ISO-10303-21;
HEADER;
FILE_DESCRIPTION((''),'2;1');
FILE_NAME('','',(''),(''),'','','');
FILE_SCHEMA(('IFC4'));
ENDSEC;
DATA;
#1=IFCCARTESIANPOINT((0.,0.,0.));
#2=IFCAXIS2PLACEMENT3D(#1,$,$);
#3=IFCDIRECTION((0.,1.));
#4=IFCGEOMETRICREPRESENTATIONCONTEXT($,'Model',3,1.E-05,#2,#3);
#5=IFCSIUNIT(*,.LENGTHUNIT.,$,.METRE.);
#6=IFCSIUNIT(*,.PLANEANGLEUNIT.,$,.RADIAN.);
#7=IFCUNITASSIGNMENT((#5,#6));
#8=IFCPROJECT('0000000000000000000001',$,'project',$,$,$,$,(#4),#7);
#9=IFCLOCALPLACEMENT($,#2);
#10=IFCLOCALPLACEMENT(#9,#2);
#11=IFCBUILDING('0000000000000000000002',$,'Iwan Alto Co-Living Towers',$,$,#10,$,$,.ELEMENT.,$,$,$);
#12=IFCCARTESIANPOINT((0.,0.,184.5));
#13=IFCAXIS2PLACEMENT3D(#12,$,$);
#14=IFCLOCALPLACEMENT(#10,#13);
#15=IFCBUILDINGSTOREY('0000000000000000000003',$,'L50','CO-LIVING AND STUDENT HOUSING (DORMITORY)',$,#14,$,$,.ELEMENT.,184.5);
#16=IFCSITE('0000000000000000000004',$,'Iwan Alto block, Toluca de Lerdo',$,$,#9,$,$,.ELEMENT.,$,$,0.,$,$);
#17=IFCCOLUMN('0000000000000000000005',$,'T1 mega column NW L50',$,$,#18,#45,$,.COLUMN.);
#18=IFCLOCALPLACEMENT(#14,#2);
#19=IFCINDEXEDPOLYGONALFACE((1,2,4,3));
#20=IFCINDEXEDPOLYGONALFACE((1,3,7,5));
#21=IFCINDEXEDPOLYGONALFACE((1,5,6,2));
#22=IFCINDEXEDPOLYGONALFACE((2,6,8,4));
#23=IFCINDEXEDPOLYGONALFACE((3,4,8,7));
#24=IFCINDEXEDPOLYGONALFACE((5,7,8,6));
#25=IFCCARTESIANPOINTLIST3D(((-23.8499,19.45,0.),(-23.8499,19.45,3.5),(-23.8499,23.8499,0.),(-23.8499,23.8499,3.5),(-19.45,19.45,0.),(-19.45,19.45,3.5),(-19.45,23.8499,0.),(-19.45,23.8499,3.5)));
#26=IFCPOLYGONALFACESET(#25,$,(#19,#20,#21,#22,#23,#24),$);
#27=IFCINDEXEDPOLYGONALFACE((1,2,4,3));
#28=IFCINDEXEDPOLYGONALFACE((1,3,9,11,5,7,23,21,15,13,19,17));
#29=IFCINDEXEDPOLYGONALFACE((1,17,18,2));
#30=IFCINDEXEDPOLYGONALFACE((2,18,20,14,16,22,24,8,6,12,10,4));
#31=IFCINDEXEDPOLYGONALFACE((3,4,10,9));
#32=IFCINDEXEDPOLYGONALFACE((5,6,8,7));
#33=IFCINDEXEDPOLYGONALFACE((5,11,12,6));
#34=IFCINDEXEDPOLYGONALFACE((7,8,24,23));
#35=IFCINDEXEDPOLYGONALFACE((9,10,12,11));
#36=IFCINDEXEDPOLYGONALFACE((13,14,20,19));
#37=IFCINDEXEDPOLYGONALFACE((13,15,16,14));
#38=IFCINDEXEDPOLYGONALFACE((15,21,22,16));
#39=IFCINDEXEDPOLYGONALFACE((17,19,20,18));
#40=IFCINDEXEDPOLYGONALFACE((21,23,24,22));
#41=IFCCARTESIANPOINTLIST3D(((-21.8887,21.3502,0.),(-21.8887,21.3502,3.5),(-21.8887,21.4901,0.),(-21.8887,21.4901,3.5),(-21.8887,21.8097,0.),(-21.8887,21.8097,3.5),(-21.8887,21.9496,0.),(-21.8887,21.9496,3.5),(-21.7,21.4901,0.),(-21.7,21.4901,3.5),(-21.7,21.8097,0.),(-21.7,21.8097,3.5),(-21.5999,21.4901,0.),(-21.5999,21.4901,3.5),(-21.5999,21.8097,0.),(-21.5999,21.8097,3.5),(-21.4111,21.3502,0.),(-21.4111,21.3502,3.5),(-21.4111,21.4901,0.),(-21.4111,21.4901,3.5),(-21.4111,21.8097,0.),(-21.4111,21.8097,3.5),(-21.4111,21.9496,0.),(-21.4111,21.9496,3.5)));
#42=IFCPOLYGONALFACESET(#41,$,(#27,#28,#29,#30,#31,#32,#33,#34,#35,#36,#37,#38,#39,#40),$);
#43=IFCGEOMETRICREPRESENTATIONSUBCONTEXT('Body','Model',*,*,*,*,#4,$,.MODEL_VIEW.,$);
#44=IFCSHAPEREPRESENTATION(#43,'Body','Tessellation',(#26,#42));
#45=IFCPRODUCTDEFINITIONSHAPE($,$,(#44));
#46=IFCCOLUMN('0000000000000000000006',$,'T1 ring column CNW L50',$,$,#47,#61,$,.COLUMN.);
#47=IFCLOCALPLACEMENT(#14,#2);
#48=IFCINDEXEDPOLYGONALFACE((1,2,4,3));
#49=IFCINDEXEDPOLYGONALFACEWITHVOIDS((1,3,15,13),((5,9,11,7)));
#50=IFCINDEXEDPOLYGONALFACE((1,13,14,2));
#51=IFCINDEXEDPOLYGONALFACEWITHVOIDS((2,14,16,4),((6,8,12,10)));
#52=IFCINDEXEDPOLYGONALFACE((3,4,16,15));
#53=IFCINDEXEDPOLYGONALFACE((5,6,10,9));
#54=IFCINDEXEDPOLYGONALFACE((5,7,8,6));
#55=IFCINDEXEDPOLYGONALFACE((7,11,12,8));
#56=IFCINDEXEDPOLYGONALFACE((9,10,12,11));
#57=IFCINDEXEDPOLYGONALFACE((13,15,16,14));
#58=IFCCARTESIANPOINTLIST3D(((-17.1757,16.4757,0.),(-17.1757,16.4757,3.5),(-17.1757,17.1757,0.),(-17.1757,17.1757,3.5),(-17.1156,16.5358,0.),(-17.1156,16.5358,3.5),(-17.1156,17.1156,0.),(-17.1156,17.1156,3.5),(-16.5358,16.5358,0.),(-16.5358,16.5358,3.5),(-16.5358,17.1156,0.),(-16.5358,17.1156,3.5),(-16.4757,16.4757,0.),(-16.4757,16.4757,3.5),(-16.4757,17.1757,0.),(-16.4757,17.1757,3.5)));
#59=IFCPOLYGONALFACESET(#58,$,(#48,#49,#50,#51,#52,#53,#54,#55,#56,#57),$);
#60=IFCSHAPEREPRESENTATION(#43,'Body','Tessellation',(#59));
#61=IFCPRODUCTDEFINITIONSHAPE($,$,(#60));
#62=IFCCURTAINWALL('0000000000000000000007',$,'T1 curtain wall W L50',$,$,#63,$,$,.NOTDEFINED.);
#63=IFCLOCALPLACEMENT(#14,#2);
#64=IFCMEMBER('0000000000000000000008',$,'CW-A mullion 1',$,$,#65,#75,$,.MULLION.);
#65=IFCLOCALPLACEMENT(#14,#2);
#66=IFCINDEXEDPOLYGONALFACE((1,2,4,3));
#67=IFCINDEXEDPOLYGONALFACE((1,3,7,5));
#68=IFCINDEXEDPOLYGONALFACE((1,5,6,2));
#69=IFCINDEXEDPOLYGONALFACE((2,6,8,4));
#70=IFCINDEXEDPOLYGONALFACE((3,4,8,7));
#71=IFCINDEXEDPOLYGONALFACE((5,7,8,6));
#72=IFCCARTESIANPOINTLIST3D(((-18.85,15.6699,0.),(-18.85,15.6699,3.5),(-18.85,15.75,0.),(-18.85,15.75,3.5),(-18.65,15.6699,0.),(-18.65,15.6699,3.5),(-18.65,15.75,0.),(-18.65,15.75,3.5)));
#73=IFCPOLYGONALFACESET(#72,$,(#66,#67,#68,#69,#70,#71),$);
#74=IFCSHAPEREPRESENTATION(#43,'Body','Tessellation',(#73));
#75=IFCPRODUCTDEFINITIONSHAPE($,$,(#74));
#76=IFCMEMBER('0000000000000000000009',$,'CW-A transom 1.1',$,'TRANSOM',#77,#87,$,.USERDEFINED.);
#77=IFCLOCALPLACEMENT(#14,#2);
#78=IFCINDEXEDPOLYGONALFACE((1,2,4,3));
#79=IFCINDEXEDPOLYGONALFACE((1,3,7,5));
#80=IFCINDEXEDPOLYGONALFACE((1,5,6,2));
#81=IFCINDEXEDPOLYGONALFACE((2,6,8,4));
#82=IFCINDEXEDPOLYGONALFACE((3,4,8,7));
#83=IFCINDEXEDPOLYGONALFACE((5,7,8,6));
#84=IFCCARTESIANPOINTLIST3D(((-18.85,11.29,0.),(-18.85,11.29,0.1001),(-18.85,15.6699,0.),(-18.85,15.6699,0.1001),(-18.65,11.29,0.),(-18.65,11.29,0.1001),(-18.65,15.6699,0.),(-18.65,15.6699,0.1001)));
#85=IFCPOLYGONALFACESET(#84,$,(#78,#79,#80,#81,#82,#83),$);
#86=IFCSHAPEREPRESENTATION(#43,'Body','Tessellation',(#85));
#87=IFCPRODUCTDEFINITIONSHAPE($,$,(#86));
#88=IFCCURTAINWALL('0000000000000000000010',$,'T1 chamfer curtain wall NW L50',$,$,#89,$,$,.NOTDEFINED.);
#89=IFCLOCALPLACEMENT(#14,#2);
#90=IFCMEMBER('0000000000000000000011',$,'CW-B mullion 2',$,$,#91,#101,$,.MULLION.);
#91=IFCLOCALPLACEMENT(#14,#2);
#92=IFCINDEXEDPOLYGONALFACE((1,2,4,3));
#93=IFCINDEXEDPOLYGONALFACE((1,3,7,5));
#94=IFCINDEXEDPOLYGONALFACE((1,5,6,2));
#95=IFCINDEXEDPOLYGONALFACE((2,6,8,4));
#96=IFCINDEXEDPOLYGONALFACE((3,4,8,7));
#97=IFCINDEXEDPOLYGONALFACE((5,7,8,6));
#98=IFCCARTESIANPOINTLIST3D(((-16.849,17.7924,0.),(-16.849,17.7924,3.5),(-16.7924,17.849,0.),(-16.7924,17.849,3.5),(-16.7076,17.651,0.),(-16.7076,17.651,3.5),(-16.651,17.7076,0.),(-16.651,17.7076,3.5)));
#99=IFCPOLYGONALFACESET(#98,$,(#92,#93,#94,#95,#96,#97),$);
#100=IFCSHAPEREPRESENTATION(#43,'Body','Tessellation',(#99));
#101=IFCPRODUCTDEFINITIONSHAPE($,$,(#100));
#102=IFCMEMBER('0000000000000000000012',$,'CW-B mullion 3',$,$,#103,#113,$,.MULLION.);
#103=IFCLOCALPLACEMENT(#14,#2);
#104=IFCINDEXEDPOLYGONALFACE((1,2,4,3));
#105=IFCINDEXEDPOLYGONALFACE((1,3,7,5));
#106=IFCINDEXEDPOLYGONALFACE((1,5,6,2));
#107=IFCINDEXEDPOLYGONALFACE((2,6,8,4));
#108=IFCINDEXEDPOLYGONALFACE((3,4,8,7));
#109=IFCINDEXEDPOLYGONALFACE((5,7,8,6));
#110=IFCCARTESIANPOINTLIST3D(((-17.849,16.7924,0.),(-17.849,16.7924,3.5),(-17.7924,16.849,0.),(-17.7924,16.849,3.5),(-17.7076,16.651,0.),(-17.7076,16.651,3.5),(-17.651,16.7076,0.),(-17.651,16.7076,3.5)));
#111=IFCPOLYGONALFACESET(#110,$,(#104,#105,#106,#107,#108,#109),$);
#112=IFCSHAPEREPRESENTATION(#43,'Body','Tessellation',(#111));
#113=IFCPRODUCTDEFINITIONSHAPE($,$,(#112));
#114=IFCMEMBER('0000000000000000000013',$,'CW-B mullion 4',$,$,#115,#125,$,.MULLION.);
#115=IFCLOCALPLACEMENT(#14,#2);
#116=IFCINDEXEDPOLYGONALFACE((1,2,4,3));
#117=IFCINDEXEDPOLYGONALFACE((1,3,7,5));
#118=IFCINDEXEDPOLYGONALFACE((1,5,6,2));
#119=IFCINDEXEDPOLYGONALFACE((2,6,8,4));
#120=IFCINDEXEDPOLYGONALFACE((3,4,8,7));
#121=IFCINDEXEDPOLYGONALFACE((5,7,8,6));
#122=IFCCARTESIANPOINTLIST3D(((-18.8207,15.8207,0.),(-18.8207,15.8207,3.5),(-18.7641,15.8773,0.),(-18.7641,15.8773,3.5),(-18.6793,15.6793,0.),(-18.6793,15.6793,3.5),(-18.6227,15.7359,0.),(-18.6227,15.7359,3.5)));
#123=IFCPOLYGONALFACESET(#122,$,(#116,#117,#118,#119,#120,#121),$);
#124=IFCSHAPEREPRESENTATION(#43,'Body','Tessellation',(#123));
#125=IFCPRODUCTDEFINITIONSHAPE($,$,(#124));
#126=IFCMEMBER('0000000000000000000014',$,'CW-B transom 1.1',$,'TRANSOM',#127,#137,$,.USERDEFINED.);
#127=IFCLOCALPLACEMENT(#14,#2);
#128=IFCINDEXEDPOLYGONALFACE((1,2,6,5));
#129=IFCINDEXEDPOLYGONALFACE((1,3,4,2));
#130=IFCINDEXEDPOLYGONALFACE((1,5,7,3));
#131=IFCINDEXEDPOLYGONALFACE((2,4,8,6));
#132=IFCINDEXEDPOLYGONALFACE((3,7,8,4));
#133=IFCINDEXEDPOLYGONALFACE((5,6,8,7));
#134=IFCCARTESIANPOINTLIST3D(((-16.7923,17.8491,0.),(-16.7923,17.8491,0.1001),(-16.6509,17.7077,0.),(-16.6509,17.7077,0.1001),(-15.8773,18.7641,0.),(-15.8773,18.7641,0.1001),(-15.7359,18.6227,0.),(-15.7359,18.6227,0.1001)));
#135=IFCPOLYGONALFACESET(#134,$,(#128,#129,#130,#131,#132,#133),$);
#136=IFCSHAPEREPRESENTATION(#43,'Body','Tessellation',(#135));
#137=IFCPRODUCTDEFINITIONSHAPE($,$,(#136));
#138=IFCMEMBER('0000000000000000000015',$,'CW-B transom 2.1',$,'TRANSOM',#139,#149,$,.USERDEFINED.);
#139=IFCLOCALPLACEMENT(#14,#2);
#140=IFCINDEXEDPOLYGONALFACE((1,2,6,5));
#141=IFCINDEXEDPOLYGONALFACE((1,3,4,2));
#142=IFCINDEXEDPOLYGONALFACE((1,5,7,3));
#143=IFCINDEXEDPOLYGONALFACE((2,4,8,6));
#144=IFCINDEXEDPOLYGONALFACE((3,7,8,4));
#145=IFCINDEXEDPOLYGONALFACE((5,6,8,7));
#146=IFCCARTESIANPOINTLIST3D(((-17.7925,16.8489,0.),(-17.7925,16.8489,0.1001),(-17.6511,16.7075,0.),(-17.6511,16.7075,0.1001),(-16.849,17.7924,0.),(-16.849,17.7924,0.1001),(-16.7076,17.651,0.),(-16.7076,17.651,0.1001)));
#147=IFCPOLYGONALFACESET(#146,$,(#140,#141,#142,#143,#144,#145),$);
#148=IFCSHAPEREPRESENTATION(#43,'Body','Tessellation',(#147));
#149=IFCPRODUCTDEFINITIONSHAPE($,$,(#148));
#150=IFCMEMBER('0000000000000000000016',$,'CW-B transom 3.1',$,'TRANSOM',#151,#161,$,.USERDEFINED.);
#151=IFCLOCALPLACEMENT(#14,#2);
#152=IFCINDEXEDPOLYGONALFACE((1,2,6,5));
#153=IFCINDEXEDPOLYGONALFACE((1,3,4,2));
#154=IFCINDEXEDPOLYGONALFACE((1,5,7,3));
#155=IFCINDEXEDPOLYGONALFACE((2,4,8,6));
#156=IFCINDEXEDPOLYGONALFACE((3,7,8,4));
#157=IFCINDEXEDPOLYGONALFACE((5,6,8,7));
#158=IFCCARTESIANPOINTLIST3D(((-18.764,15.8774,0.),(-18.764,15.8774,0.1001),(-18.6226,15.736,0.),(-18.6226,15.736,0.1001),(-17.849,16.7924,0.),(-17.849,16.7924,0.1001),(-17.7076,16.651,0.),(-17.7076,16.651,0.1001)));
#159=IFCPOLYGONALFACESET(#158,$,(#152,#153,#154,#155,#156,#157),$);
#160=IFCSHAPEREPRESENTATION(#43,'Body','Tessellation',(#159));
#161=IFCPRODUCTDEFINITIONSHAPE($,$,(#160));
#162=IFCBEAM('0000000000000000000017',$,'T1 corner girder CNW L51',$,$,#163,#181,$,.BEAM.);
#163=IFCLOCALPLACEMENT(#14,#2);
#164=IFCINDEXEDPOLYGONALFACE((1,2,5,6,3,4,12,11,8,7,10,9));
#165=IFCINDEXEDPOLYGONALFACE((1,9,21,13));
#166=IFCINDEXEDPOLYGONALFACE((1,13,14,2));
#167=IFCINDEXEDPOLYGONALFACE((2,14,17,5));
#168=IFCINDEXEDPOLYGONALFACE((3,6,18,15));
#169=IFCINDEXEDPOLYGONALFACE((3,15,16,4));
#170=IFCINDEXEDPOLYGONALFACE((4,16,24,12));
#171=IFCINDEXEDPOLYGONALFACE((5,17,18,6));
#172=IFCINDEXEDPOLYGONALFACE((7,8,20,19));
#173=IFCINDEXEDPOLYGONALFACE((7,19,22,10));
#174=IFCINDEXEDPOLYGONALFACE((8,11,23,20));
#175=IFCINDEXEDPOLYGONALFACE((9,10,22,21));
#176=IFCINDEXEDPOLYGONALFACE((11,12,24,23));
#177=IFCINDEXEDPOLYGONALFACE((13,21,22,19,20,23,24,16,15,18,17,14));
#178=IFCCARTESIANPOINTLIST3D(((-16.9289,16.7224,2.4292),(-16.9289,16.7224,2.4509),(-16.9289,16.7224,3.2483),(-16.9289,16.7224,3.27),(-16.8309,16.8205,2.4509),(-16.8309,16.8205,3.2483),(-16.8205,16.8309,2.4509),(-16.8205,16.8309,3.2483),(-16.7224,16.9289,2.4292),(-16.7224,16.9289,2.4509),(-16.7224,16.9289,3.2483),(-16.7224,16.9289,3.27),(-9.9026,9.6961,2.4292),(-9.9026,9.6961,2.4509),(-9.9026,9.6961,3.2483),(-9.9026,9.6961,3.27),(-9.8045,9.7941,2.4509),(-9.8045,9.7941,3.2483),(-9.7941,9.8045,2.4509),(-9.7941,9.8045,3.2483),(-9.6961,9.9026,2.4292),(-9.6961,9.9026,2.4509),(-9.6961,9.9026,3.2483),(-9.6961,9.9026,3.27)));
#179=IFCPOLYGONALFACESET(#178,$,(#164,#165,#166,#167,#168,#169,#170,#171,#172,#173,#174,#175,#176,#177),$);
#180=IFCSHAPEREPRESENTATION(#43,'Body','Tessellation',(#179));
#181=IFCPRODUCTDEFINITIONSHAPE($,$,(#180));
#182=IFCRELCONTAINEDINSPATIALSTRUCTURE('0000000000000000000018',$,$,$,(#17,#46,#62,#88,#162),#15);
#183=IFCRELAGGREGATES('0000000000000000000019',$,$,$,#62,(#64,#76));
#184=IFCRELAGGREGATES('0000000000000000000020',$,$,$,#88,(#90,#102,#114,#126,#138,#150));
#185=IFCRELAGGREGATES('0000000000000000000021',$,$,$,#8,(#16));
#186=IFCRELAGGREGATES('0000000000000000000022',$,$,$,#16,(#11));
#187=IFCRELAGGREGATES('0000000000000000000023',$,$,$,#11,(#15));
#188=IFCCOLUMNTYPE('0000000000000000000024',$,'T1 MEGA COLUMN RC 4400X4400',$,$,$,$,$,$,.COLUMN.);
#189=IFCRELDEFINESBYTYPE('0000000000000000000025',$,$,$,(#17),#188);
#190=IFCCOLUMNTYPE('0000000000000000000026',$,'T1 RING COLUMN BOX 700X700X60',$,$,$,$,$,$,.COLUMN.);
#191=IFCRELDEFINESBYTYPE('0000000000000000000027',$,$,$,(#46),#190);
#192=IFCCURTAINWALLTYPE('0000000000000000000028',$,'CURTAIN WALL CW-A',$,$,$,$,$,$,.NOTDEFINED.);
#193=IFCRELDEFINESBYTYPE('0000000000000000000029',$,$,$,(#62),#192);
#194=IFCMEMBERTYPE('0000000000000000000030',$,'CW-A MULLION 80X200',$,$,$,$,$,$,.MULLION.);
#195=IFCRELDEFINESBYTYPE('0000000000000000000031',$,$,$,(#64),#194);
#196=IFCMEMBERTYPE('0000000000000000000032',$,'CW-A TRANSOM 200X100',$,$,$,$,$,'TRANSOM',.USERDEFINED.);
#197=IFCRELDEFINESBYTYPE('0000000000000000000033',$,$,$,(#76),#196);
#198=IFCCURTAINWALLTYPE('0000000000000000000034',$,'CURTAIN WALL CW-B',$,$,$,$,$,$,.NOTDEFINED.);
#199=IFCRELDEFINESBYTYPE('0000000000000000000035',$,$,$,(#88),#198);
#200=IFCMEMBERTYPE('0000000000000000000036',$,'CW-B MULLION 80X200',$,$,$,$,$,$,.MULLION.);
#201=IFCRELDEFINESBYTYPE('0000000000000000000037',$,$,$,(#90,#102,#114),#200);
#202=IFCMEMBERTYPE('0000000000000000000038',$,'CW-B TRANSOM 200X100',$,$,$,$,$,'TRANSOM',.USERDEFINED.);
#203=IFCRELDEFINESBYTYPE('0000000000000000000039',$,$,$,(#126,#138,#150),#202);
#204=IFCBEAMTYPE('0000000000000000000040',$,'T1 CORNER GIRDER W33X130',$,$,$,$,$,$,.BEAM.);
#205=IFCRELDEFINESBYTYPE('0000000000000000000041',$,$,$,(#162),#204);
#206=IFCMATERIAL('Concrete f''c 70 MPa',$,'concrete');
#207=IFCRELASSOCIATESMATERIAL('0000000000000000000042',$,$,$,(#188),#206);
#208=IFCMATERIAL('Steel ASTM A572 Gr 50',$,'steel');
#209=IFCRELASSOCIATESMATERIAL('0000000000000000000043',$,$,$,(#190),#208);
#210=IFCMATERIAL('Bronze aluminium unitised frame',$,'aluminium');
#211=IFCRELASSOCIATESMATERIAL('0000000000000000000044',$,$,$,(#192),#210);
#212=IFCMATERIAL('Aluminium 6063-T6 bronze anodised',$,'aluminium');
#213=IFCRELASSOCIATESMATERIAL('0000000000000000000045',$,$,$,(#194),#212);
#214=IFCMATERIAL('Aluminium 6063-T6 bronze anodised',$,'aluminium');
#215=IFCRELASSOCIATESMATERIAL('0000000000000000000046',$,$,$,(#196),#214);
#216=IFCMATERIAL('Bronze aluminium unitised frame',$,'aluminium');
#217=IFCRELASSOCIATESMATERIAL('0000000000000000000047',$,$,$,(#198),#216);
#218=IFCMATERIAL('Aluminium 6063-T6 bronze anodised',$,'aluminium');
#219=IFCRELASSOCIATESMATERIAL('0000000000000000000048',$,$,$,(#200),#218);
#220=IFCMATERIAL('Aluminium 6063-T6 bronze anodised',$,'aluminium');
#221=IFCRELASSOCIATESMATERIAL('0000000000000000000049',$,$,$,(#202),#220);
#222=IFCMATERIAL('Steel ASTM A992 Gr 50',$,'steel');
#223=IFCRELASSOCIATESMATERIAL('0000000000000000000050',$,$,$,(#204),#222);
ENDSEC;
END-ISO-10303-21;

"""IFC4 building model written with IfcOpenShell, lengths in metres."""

from ifc_helpers import new_model, si_unit, direction, frame, origin, origin_2d, place, context, subcontext, project, spatial, rectangle, hollow_rectangle, i_section, extrude, material, material_profile, profile_set, type_object, element, aggregate, save


model = new_model("IFC4")

# Units and contexts
model_context = context("Model", 3, precision=1e-05, world=origin(), true_north=direction((0.0, 1.0)))
body_context = subcontext(model_context, "Body", "Model", "MODEL_VIEW")
ifc_project = project(units=[si_unit("LENGTHUNIT", "METRE"), si_unit("PLANEANGLEUNIT", "RADIAN")], contexts=[model_context])

# Site, building, storey
site_placement = place(None, origin())
site = spatial("IfcSite", under=ifc_project, at=site_placement, Name="Iwan Alto block, Toluca de Lerdo", CompositionType="ELEMENT", RefElevation=0.0)
building_placement = place(site_placement, origin())
building = spatial("IfcBuilding", under=site, at=building_placement, Name="Iwan Alto Co-Living Towers", CompositionType="ELEMENT")
storey_placement = place(building_placement, frame((0.0, 0.0, 184.5)))
storey = spatial("IfcBuildingStorey", under=building, at=storey_placement, Name="L50", Description="CO-LIVING AND STUDENT HOUSING (DORMITORY)", CompositionType="ELEMENT", Elevation=184.5)

# Columns
ifc_material_1 = material(Name="Concrete f'c 70 MPa", Category="concrete")
ifc_material_profile_1 = material_profile(ifc_material_1, rectangle(XDim=4.3999, YDim=4.3999, at=origin_2d()), Name="RC 4400X4400")
ifc_profile_set_1 = profile_set([ifc_material_profile_1], Name="Concrete f'c 70 MPa")
column_type_1 = type_object("IfcColumnType", Name="T1 MEGA COLUMN RC 4400X4400", PredefinedType="COLUMN", material=ifc_profile_set_1)
column_1_placement = place(storey_placement, frame((-21.6499, 21.6499, 0.0), z_axis=(0.0, 0.0, 1.0), x_axis=(1.0, 0.0, 0.0)))
element("IfcColumn", 1, at=column_1_placement, inside=storey, type_object=column_type_1, Name="T1 mega column NW L50", PredefinedType="COLUMN", context=body_context, shape_type="SweptSolid", body=[
    extrude(rectangle(XDim=4.3999, YDim=4.3999, at=origin_2d()), origin(), (0.0, 0.0, 1.0), 3.5),
    extrude(i_section(OverallWidth=0.4775, OverallDepth=0.5994, WebThickness=0.1001, FlangeThickness=0.1399, at=origin_2d()), origin(), (0.0, 0.0, 1.0), 3.5),
])
ifc_material_2 = material(Name="Steel ASTM A572 Gr 50", Category="steel")
ifc_material_profile_2 = material_profile(ifc_material_2, hollow_rectangle(XDim=0.7, YDim=0.7, WallThickness=0.0601, at=origin_2d()), Name="BOX 700X700X60")
ifc_profile_set_2 = profile_set([ifc_material_profile_2], Name="Steel ASTM A572 Gr 50")
column_type_2 = type_object("IfcColumnType", Name="T1 RING COLUMN BOX 700X700X60", PredefinedType="COLUMN", material=ifc_profile_set_2)
column_2_placement = place(storey_placement, frame((-16.8257, 16.8257, 0.0), z_axis=(0.0, 0.0, 1.0), x_axis=(1.0, 0.0, 0.0)))
element("IfcColumn", 2, at=column_2_placement, inside=storey, type_object=column_type_2, Name="T1 ring column CNW L50", PredefinedType="COLUMN", context=body_context, shape_type="SweptSolid", body=[
    extrude(hollow_rectangle(XDim=0.7, YDim=0.7, WallThickness=0.0601, at=origin_2d()), origin(), (0.0, 0.0, 1.0), 3.5),
])

# Curtain walls, members
ifc_material_3 = material(Name="Bronze aluminium unitised frame", Category="aluminium")
curtain_wall_type_1 = type_object("IfcCurtainWallType", Name="CURTAIN WALL CW-A", PredefinedType="NOTDEFINED", material=ifc_material_3)
curtain_wall_1_placement = place(storey_placement, origin())
curtain_wall_1 = element("IfcCurtainWall", 3, at=curtain_wall_1_placement, inside=storey, type_object=curtain_wall_type_1, Name="T1 curtain wall W L50", PredefinedType="NOTDEFINED")
ifc_material_4 = material(Name="Aluminium 6063-T6 bronze anodised", Category="aluminium")
ifc_material_profile_3 = material_profile(ifc_material_4, rectangle(XDim=0.2, YDim=0.0801, at=origin_2d()), Name="AL 80X200")
ifc_profile_set_3 = profile_set([ifc_material_profile_3], Name="Aluminium 6063-T6 bronze anodised")
member_type_1 = type_object("IfcMemberType", Name="CW-A MULLION 80X200", PredefinedType="MULLION", material=ifc_profile_set_3)
member_1_placement = place(storey_placement, frame((-18.75, 15.71, 0.0), z_axis=(0.0, 0.0, 1.0), x_axis=(1.0, 0.0, 0.0)))
member_1 = element("IfcMember", 4, at=member_1_placement, type_object=member_type_1, Name="CW-A mullion 1", PredefinedType="MULLION", context=body_context, shape_type="SweptSolid", body=[
    extrude(rectangle(XDim=0.2, YDim=0.0801, at=origin_2d()), origin(), (0.0, 0.0, 1.0), 3.5),
])
ifc_material_5 = material(Name="Aluminium 6063-T6 bronze anodised", Category="aluminium")
ifc_material_profile_4 = material_profile(ifc_material_5, rectangle(XDim=0.2, YDim=0.1001, at=origin_2d()), Name="AL 200X100")
ifc_profile_set_4 = profile_set([ifc_material_profile_4], Name="Aluminium 6063-T6 bronze anodised")
member_type_2 = type_object("IfcMemberType", Name="CW-A TRANSOM 200X100", ElementType="TRANSOM", PredefinedType="USERDEFINED", material=ifc_profile_set_4)
member_2_placement = place(storey_placement, frame((-18.75, 15.6699, 0.05), z_axis=(0.0, -1.0, 0.0), x_axis=(1.0, 0.0, 0.0)))
member_2 = element("IfcMember", 5, at=member_2_placement, type_object=member_type_2, Name="CW-A transom 1.1", ObjectType="TRANSOM", PredefinedType="USERDEFINED", context=body_context, shape_type="SweptSolid", body=[
    extrude(rectangle(XDim=0.2, YDim=0.1001, at=origin_2d()), origin(), (0.0, 0.0, 1.0), 4.3799),
])
ifc_material_6 = material(Name="Bronze aluminium unitised frame", Category="aluminium")
curtain_wall_type_2 = type_object("IfcCurtainWallType", Name="CURTAIN WALL CW-B", PredefinedType="NOTDEFINED", material=ifc_material_6)
curtain_wall_2_placement = place(storey_placement, origin())
curtain_wall_2 = element("IfcCurtainWall", 6, at=curtain_wall_2_placement, inside=storey, type_object=curtain_wall_type_2, Name="T1 chamfer curtain wall NW L50", PredefinedType="NOTDEFINED")
ifc_material_7 = material(Name="Aluminium 6063-T6 bronze anodised", Category="aluminium")
ifc_material_profile_5 = material_profile(ifc_material_7, rectangle(XDim=0.2, YDim=0.0801, at=origin_2d()), Name="AL 80X200")
ifc_profile_set_5 = profile_set([ifc_material_profile_5], Name="Aluminium 6063-T6 bronze anodised")
member_type_3 = type_object("IfcMemberType", Name="CW-B MULLION 80X200", PredefinedType="MULLION", material=ifc_profile_set_5)
member_3_placement = place(storey_placement, frame((-16.75, 17.75, 0.0), z_axis=(0.0, 0.0, 1.0), x_axis=(0.707107, -0.707107, 0.0)))
member_3 = element("IfcMember", 7, at=member_3_placement, type_object=member_type_3, Name="CW-B mullion 2", PredefinedType="MULLION", context=body_context, shape_type="SweptSolid", body=[
    extrude(rectangle(XDim=0.2, YDim=0.0801, at=origin_2d()), origin(), (0.0, 0.0, 1.0), 3.5),
])
member_4_placement = place(storey_placement, frame((-17.75, 16.75, 0.0), z_axis=(0.0, 0.0, 1.0), x_axis=(0.707107, -0.707107, 0.0)))
member_4 = element("IfcMember", 8, at=member_4_placement, type_object=member_type_3, Name="CW-B mullion 3", PredefinedType="MULLION", context=body_context, shape_type="SweptSolid", body=[
    extrude(rectangle(XDim=0.2, YDim=0.0801, at=origin_2d()), origin(), (0.0, 0.0, 1.0), 3.5),
])
member_5_placement = place(storey_placement, frame((-18.7217, 15.7783, 0.0), z_axis=(0.0, 0.0, 1.0), x_axis=(0.707107, -0.707107, 0.0)))
member_5 = element("IfcMember", 9, at=member_5_placement, type_object=member_type_3, Name="CW-B mullion 4", PredefinedType="MULLION", context=body_context, shape_type="SweptSolid", body=[
    extrude(rectangle(XDim=0.2, YDim=0.0801, at=origin_2d()), origin(), (0.0, 0.0, 1.0), 3.5),
])
ifc_material_8 = material(Name="Aluminium 6063-T6 bronze anodised", Category="aluminium")
ifc_material_profile_6 = material_profile(ifc_material_8, rectangle(XDim=0.2, YDim=0.1001, at=origin_2d()), Name="AL 200X100")
ifc_profile_set_6 = profile_set([ifc_material_profile_6], Name="Aluminium 6063-T6 bronze anodised")
member_type_4 = type_object("IfcMemberType", Name="CW-B TRANSOM 200X100", ElementType="TRANSOM", PredefinedType="USERDEFINED", material=ifc_profile_set_6)
member_6_placement = place(storey_placement, frame((-15.8066, 18.6934, 0.05), z_axis=(-0.707107, -0.707107, 0.0), x_axis=(0.707107, -0.707107, 0.0)))
member_6 = element("IfcMember", 10, at=member_6_placement, type_object=member_type_4, Name="CW-B transom 1.1", ObjectType="TRANSOM", PredefinedType="USERDEFINED", context=body_context, shape_type="SweptSolid", body=[
    extrude(rectangle(XDim=0.2, YDim=0.1001, at=origin_2d()), origin(), (0.0, 0.0, 1.0), 1.2939),
])
member_7_placement = place(storey_placement, frame((-16.7783, 17.7217, 0.05), z_axis=(-0.707107, -0.707107, 0.0), x_axis=(0.707107, -0.707107, 0.0)))
member_7 = element("IfcMember", 11, at=member_7_placement, type_object=member_type_4, Name="CW-B transom 2.1", ObjectType="TRANSOM", PredefinedType="USERDEFINED", context=body_context, shape_type="SweptSolid", body=[
    extrude(rectangle(XDim=0.2, YDim=0.1001, at=origin_2d()), origin(), (0.0, 0.0, 1.0), 1.3342),
])
member_8_placement = place(storey_placement, frame((-17.7783, 16.7217, 0.05), z_axis=(-0.707107, -0.707107, 0.0), x_axis=(0.707107, -0.707107, 0.0)))
member_8 = element("IfcMember", 12, at=member_8_placement, type_object=member_type_4, Name="CW-B transom 3.1", ObjectType="TRANSOM", PredefinedType="USERDEFINED", context=body_context, shape_type="SweptSolid", body=[
    extrude(rectangle(XDim=0.2, YDim=0.1001, at=origin_2d()), origin(), (0.0, 0.0, 1.0), 1.2939),
])

# Beam
ifc_material_9 = material(Name="Steel ASTM A992 Gr 50", Category="steel")
ifc_material_profile_7 = material_profile(ifc_material_9, i_section(OverallWidth=0.292, OverallDepth=0.8408, WebThickness=0.0146, FlangeThickness=0.0217, at=origin_2d()), Name="W33X130")
ifc_profile_set_7 = profile_set([ifc_material_profile_7], Name="Steel ASTM A992 Gr 50")
beam_type_1 = type_object("IfcBeamType", Name="T1 CORNER GIRDER W33X130", PredefinedType="BEAM", material=ifc_profile_set_7)
beam_1_placement = place(storey_placement, frame((-16.8257, 16.8257, 2.8496), z_axis=(0.707107, -0.707107, 0.0), x_axis=(0.707107, 0.707107, 0.0)))
element("IfcBeam", 13, at=beam_1_placement, inside=storey, type_object=beam_type_1, Name="T1 corner girder CNW L51", PredefinedType="BEAM", context=body_context, shape_type="SweptSolid", body=[
    extrude(i_section(OverallWidth=0.292, OverallDepth=0.8408, WebThickness=0.0146, FlangeThickness=0.0217, at=origin_2d()), origin(), (0.0, 0.0, 1.0), 9.9368),
])

aggregate(curtain_wall_1, [member_1, member_2])
aggregate(curtain_wall_2, [member_3, member_4, member_5, member_6, member_7, member_8])

save(model, "model.ifc")
